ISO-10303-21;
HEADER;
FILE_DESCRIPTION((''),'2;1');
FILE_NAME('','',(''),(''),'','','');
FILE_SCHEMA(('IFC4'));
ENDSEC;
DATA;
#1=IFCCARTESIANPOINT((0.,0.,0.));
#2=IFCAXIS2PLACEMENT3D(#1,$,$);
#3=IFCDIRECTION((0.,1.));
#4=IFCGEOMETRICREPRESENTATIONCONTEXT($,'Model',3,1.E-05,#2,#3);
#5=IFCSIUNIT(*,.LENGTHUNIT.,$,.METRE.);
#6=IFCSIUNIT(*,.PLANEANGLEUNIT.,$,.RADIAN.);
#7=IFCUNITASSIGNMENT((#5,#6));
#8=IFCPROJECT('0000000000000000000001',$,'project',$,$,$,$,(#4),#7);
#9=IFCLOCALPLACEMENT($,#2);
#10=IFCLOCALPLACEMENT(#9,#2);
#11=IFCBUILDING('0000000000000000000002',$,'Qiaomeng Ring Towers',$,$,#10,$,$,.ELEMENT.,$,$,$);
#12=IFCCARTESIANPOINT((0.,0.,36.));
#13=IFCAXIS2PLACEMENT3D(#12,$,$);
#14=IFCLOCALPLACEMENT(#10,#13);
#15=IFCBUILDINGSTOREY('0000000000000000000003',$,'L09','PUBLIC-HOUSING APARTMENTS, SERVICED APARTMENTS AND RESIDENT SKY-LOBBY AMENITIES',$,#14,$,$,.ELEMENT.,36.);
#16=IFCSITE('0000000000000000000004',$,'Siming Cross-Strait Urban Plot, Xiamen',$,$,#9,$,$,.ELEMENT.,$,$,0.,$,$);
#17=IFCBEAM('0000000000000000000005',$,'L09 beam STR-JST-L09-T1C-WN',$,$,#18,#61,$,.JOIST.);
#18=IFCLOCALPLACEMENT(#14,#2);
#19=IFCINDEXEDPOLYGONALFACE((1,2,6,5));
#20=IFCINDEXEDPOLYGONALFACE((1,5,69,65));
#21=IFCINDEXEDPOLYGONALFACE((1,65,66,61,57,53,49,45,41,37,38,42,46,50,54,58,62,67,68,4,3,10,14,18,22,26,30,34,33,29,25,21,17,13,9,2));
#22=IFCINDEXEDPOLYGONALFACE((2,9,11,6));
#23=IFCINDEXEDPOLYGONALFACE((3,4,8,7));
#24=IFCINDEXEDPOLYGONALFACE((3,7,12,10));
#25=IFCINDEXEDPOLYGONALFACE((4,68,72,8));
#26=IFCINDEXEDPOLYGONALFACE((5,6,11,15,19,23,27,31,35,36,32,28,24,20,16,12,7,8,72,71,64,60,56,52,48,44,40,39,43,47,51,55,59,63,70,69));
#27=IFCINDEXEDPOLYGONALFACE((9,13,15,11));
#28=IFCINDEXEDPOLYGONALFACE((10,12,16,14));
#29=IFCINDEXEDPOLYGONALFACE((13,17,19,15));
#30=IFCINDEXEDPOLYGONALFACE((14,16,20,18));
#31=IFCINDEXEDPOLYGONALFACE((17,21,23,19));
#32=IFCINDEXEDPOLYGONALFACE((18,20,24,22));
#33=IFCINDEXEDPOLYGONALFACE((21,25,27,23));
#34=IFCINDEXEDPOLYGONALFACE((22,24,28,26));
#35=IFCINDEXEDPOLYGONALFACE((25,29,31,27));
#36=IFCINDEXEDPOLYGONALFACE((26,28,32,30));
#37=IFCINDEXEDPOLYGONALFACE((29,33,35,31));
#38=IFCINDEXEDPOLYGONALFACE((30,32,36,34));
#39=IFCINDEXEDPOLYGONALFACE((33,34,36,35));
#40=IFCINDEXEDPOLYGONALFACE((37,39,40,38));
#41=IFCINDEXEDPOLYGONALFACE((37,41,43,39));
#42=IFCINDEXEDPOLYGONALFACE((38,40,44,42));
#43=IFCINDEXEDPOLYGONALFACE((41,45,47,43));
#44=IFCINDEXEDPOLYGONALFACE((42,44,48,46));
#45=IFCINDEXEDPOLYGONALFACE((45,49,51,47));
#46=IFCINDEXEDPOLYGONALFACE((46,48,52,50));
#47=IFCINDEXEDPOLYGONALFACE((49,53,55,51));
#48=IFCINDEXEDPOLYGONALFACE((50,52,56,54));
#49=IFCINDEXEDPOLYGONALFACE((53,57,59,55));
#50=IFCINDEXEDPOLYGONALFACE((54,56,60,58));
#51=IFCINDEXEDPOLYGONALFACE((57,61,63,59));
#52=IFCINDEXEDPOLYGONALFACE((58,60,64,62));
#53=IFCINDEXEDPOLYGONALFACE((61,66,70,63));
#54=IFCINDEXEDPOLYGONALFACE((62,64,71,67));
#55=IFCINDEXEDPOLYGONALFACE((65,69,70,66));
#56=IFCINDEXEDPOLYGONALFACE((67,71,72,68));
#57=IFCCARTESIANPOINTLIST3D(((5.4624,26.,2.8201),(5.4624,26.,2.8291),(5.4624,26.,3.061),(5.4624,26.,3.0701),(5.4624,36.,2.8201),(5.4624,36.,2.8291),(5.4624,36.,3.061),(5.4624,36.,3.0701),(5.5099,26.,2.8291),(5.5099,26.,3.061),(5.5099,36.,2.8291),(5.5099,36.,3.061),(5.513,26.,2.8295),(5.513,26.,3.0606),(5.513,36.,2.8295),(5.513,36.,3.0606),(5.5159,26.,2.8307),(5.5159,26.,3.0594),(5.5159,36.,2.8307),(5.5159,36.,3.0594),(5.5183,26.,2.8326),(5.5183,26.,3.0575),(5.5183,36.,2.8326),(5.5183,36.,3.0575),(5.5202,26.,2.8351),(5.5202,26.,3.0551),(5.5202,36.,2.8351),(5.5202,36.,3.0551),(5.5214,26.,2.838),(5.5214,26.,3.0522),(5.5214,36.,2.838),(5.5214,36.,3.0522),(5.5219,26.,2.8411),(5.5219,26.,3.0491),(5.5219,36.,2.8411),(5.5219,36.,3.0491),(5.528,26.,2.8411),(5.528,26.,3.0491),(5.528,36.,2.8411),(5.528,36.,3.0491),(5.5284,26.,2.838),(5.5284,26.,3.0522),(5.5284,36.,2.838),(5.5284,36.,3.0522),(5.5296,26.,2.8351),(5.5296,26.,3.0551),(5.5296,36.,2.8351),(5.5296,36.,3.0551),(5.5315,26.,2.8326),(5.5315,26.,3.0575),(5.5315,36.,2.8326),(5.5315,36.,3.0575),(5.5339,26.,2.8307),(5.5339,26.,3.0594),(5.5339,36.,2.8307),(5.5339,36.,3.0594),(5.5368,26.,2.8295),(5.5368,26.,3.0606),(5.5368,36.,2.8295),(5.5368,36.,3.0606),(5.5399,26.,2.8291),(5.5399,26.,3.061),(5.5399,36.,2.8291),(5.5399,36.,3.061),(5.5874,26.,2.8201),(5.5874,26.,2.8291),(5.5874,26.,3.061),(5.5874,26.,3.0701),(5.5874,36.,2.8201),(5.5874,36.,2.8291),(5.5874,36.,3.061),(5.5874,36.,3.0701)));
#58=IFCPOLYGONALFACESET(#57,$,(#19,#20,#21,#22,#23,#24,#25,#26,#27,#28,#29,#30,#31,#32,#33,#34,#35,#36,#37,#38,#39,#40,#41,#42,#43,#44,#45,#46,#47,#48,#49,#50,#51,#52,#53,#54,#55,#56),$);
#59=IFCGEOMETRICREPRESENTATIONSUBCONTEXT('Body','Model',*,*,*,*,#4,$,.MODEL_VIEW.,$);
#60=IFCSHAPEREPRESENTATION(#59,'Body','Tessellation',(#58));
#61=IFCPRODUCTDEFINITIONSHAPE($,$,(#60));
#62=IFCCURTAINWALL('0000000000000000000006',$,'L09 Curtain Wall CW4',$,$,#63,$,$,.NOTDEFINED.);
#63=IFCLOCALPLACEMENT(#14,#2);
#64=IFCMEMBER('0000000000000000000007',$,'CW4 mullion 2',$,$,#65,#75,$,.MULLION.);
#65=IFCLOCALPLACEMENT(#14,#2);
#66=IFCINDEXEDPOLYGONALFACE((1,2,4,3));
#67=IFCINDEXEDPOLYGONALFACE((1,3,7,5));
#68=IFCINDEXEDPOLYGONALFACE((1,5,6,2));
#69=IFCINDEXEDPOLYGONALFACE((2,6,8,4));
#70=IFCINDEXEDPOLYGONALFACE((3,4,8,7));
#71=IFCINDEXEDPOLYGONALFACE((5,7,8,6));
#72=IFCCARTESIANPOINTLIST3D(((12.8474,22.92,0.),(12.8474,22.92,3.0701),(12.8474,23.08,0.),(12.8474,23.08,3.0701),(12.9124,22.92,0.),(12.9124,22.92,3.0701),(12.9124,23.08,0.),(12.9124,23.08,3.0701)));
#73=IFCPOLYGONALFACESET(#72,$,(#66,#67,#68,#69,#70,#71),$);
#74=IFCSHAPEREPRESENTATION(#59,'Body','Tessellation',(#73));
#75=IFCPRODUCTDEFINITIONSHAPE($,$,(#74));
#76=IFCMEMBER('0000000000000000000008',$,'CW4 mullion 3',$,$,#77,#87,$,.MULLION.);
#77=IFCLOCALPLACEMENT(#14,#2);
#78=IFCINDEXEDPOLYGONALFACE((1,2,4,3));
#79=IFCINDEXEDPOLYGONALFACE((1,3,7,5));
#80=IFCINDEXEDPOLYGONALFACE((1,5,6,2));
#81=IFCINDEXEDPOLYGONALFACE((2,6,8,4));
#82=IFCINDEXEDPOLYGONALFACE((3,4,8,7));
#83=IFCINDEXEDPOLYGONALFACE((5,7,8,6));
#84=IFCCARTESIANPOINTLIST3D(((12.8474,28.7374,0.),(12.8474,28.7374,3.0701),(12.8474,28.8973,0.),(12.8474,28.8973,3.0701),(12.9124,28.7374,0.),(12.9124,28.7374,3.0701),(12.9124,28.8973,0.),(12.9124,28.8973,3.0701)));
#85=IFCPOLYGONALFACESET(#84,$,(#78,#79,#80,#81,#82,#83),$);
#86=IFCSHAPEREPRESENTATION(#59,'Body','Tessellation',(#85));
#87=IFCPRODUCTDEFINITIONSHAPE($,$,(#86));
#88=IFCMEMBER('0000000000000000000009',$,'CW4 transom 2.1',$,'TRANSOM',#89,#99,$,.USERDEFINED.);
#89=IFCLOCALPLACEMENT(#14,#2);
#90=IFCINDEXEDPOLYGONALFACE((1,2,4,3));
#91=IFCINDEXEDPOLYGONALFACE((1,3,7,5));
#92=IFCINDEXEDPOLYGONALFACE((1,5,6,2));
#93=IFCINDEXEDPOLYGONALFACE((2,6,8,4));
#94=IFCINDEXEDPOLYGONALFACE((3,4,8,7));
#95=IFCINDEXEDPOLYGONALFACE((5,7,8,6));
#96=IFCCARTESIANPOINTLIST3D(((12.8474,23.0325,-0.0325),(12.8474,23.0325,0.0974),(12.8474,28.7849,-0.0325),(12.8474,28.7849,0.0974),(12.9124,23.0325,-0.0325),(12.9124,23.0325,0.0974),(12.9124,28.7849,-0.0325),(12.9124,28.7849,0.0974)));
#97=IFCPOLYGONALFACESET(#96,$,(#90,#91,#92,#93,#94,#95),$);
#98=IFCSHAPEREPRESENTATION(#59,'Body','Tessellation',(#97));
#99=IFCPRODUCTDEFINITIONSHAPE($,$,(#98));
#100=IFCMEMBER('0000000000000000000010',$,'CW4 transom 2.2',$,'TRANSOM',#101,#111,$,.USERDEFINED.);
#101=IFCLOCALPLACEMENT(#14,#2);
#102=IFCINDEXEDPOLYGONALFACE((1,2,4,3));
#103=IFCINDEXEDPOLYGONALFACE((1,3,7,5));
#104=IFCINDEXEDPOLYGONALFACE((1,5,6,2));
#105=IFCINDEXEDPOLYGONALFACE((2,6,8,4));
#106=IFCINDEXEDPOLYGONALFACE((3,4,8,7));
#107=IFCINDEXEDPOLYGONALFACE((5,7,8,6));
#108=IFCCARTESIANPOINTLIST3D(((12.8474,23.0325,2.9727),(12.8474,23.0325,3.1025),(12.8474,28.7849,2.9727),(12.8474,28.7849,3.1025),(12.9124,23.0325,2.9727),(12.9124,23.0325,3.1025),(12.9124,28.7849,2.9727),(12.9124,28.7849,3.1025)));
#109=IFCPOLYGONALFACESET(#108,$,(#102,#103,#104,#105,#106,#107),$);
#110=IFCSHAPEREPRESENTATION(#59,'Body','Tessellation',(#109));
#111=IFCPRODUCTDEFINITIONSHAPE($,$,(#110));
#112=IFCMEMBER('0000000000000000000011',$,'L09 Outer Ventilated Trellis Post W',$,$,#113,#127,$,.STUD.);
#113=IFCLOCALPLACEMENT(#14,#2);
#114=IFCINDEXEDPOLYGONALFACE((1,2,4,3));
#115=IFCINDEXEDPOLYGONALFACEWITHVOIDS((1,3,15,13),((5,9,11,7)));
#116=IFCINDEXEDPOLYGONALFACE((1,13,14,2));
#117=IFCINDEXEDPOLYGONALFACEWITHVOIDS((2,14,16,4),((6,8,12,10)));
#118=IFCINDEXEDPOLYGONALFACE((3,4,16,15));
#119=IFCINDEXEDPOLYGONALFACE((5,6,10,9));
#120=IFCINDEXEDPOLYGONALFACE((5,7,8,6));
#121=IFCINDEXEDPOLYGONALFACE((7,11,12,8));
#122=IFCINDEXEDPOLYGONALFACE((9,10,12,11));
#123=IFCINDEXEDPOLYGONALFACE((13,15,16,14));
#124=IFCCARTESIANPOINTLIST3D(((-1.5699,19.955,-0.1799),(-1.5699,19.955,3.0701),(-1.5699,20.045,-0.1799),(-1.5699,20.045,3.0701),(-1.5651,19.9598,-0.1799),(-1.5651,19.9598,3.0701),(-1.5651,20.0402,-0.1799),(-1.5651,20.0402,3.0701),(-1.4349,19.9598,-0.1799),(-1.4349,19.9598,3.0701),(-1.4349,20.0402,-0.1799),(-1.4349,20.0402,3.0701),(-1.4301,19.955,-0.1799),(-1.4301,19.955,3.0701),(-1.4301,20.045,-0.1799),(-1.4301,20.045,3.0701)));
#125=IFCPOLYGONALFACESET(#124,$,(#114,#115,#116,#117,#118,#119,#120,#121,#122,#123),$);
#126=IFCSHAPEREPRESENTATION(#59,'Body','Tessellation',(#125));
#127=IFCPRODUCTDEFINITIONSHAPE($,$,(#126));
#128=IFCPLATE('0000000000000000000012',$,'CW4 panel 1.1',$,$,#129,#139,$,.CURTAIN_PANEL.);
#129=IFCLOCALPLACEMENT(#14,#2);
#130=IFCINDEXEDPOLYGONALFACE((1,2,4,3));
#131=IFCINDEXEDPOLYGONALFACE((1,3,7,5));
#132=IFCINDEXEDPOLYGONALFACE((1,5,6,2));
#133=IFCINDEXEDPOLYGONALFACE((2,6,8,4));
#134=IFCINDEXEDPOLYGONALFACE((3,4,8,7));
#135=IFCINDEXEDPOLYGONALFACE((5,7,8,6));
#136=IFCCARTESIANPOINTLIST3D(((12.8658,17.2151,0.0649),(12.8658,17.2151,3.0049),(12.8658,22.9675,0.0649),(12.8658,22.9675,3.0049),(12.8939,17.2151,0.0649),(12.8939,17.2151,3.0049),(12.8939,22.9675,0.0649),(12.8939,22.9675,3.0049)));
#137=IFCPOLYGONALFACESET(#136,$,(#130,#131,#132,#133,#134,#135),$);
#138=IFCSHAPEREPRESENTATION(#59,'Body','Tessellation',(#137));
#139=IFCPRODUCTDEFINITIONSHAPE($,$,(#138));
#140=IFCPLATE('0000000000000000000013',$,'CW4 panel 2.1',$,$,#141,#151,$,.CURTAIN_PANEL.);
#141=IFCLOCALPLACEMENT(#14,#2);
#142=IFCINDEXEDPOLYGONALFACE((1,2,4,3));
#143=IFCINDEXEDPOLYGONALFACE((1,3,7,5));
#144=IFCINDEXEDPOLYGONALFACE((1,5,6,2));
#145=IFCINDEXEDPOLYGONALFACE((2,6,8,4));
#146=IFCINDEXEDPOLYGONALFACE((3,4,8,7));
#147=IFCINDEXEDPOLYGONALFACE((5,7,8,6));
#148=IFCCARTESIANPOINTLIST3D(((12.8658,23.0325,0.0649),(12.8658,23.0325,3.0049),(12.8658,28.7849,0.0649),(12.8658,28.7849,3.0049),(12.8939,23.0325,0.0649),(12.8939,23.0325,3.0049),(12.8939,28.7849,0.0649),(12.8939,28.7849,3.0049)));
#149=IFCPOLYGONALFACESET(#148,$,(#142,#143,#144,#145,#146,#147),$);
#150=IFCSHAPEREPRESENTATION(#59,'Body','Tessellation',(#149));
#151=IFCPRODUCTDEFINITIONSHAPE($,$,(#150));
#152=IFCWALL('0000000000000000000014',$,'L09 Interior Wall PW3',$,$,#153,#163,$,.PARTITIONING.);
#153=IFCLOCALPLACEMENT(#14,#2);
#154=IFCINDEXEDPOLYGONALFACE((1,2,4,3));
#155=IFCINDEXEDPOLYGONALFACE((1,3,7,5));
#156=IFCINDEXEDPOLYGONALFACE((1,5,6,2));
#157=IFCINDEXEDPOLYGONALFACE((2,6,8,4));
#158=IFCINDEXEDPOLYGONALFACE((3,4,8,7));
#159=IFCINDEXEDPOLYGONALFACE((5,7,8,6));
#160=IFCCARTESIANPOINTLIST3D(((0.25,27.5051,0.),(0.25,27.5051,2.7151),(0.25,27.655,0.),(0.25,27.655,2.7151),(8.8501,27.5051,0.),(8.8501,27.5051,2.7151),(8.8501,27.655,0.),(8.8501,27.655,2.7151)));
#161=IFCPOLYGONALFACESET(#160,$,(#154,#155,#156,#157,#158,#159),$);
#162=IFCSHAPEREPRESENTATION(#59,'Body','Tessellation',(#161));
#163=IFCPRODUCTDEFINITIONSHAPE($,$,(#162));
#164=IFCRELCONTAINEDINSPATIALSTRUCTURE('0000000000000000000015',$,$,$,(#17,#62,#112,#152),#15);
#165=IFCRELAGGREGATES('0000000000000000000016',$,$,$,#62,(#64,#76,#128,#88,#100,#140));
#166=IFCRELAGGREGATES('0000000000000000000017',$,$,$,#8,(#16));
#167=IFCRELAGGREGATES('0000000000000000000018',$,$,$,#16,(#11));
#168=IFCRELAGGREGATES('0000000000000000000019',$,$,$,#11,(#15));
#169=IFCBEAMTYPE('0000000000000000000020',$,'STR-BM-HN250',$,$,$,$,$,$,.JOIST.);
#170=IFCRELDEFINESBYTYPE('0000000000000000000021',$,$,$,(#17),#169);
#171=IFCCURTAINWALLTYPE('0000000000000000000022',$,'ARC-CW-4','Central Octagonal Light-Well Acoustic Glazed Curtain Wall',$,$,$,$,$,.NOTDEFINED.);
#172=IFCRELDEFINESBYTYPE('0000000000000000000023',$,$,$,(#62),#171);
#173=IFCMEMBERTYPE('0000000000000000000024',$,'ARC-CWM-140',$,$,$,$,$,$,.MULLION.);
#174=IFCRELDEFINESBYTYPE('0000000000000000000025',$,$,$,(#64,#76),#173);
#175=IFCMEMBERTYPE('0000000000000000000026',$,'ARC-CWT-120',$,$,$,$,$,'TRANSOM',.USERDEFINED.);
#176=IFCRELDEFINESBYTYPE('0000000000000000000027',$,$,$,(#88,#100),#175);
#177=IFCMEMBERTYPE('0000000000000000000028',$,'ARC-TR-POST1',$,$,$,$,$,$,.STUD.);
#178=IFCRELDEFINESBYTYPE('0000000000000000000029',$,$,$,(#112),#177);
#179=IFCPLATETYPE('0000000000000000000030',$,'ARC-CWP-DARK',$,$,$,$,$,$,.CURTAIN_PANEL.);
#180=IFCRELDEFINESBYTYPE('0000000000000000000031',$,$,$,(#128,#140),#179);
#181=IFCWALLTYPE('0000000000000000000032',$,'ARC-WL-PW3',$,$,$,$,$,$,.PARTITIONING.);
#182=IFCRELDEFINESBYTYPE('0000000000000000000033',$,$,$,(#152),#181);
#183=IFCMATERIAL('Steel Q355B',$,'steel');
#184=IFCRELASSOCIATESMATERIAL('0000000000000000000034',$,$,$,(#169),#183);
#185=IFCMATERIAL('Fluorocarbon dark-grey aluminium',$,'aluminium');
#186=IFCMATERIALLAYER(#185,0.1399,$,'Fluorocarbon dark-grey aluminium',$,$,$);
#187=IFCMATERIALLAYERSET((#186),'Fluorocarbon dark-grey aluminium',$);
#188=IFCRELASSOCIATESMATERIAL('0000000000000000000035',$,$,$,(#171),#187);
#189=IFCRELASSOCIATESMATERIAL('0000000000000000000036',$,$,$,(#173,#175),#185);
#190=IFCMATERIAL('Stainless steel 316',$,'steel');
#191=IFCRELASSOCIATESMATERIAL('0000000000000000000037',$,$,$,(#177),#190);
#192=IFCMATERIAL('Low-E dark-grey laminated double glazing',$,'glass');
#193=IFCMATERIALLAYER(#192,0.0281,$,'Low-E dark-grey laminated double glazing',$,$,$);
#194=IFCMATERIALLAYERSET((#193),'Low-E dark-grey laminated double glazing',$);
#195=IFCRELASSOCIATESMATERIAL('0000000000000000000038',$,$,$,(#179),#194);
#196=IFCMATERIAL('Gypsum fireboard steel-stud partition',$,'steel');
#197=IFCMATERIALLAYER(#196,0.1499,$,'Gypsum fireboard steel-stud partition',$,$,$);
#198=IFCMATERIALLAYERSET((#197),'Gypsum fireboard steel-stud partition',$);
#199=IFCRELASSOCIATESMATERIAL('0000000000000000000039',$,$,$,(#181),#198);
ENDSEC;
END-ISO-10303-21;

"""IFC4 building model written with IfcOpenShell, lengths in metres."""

from ifc_helpers import new_model, si_unit, direction, frame, frame_2d, origin, origin_2d, place, context, subcontext, project, spatial, rectangle, hollow_rectangle, i_section, extrude, source, transform, mapped, material, layer, layer_set, material_profile, profile_set, type_object, element, aggregate, save


model = new_model("IFC4")

# Units and contexts
model_context = context("Model", 3, precision=1e-05, world=origin(), true_north=direction((0.0, 1.0)))
body_context = subcontext(model_context, "Body", "Model", "MODEL_VIEW")
ifc_project = project(units=[si_unit("LENGTHUNIT", "METRE"), si_unit("PLANEANGLEUNIT", "RADIAN")], contexts=[model_context])

# Site, building, storey
site_placement = place(None, origin())
site = spatial("IfcSite", under=ifc_project, at=site_placement, Name="Siming Cross-Strait Urban Plot, Xiamen", CompositionType="ELEMENT", RefElevation=0.0)
building_placement = place(site_placement, origin())
building = spatial("IfcBuilding", under=site, at=building_placement, Name="Qiaomeng Ring Towers", CompositionType="ELEMENT")
storey_placement = place(building_placement, frame((0.0, 0.0, 36.0)))
storey = spatial("IfcBuildingStorey", under=building, at=storey_placement, Name="L09", Description="PUBLIC-HOUSING APARTMENTS, SERVICED APARTMENTS AND RESIDENT SKY-LOBBY AMENITIES", CompositionType="ELEMENT", Elevation=36.0)

# Beam
ifc_material_1 = material(Name="Steel Q355B", Category="steel")
ifc_material_profile_1 = material_profile(ifc_material_1, i_section(OverallWidth=0.125, OverallDepth=0.25, WebThickness=0.0061, FlangeThickness=0.009, FilletRadius=0.012, at=origin_2d()), Name="HN 250x125x6x9")
ifc_profile_set_1 = profile_set([ifc_material_profile_1], Name="Steel Q355B")
beam_type_1 = type_object("IfcBeamType", Name="STR-BM-HN250", PredefinedType="JOIST", material=ifc_profile_set_1)
shared_shape_1 = source(origin(), body_context, "Body", "SweptSolid", [
    extrude(i_section(OverallWidth=0.125, OverallDepth=0.25, WebThickness=0.0061, FlangeThickness=0.009, FilletRadius=0.012, at=origin_2d()), origin(), (0.0, 0.0, 1.0), 10.0),
])
beam_1_placement = place(storey_placement, frame((5.5249, 26.0, 2.9451), z_axis=(0.0, 1.0, 0.0), x_axis=(-1.0, 0.0, 0.0)))
element("IfcBeam", 1, at=beam_1_placement, inside=storey, type_object=beam_type_1, Name="L09 beam STR-JST-L09-T1C-WN", PredefinedType="JOIST", context=body_context, shape_type="MappedRepresentation", body=[
    mapped(shared_shape_1, transform((0.0, 0.0, 0.0), x_axis=(1.0, 0.0, 0.0), y_axis=(0.0, 1.0, 0.0), z_axis=(0.0, 0.0, 1.0), scale=1.0)),
])

# Curtain wall, members
ifc_material_2 = material(Name="Fluorocarbon dark-grey aluminium", Category="aluminium")
ifc_layer_1 = layer(ifc_material_2, 0.1399, Name="Fluorocarbon dark-grey aluminium")
ifc_layer_set_1 = layer_set([ifc_layer_1], Name="Fluorocarbon dark-grey aluminium")
curtain_wall_type = type_object("IfcCurtainWallType", Name="ARC-CW-4", Description="Central Octagonal Light-Well Acoustic Glazed Curtain Wall", PredefinedType="NOTDEFINED", material=ifc_layer_set_1)
curtain_wall_placement = place(storey_placement, origin())
curtain_wall = element("IfcCurtainWall", 2, at=curtain_wall_placement, inside=storey, type_object=curtain_wall_type, Name="L09 Curtain Wall CW4", PredefinedType="NOTDEFINED")
ifc_material_profile_2 = material_profile(ifc_material_2, rectangle(XDim=0.0649, YDim=0.1599, at=origin_2d()), Name="ALU MULL 65x160")
ifc_profile_set_2 = profile_set([ifc_material_profile_2], Name="Fluorocarbon dark-grey aluminium")
member_type_1 = type_object("IfcMemberType", Name="ARC-CWM-140", PredefinedType="MULLION", material=ifc_profile_set_2)
shared_shape_2 = source(origin(), body_context, "Body", "SweptSolid", [
    extrude(rectangle(XDim=0.0649, YDim=0.1599, at=origin_2d()), origin(), (0.0, 0.0, 1.0), 3.0701),
])
member_1_placement = place(storey_placement, frame((12.8799, 23.0, 0.0), z_axis=(0.0, 0.0, 1.0), x_axis=(-1.0, 0.0, 0.0)))
member_1 = element("IfcMember", 3, at=member_1_placement, type_object=member_type_1, Name="CW4 mullion 2", PredefinedType="MULLION", context=body_context, shape_type="MappedRepresentation", body=[
    mapped(shared_shape_2, transform((0.0, 0.0, 0.0), x_axis=(1.0, 0.0, 0.0), y_axis=(0.0, 1.0, 0.0), z_axis=(0.0, 0.0, 1.0), scale=1.0)),
])
member_2_placement = place(storey_placement, frame((12.8799, 28.8174, 0.0), z_axis=(0.0, 0.0, 1.0), x_axis=(-1.0, 0.0, 0.0)))
member_2 = element("IfcMember", 4, at=member_2_placement, type_object=member_type_1, Name="CW4 mullion 3", PredefinedType="MULLION", context=body_context, shape_type="MappedRepresentation", body=[
    mapped(shared_shape_2, transform((0.0, 0.0, 0.0), x_axis=(1.0, 0.0, 0.0), y_axis=(0.0, 1.0, 0.0), z_axis=(0.0, 0.0, 1.0), scale=1.0)),
])
ifc_material_profile_3 = material_profile(ifc_material_2, rectangle(XDim=0.0649, YDim=0.1299, at=origin_2d()), Name="ALU TRAN 65x130")
ifc_profile_set_3 = profile_set([ifc_material_profile_3], Name="Fluorocarbon dark-grey aluminium")
member_type_2 = type_object("IfcMemberType", Name="ARC-CWT-120", ElementType="TRANSOM", PredefinedType="USERDEFINED", material=ifc_profile_set_3)
shared_shape_3 = source(origin(), body_context, "Body", "SweptSolid", [
    extrude(rectangle(XDim=0.0649, YDim=0.1299, at=origin_2d()), origin(), (0.0, 0.0, 1.0), 5.7524),
])
member_3_placement = place(storey_placement, frame((12.8799, 23.0325, 0.0325), z_axis=(0.0, 1.0, 0.0), x_axis=(-1.0, 0.0, 0.0)))
member_3 = element("IfcMember", 5, at=member_3_placement, type_object=member_type_2, Name="CW4 transom 2.1", ObjectType="TRANSOM", PredefinedType="USERDEFINED", context=body_context, shape_type="MappedRepresentation", body=[
    mapped(shared_shape_3, transform((0.0, 0.0, 0.0), x_axis=(1.0, 0.0, 0.0), y_axis=(0.0, 1.0, 0.0), z_axis=(0.0, 0.0, 1.0), scale=1.0)),
])
member_4_placement = place(storey_placement, frame((12.8799, 23.0325, 3.0376), z_axis=(0.0, 1.0, 0.0), x_axis=(-1.0, 0.0, 0.0)))
member_4 = element("IfcMember", 6, at=member_4_placement, type_object=member_type_2, Name="CW4 transom 2.2", ObjectType="TRANSOM", PredefinedType="USERDEFINED", context=body_context, shape_type="MappedRepresentation", body=[
    mapped(shared_shape_3, transform((0.0, 0.0, 0.0), x_axis=(1.0, 0.0, 0.0), y_axis=(0.0, 1.0, 0.0), z_axis=(0.0, 0.0, 1.0), scale=1.0)),
])

# Member
ifc_material_3 = material(Name="Stainless steel 316", Category="steel")
ifc_material_profile_4 = material_profile(ifc_material_3, hollow_rectangle(XDim=0.0901, YDim=0.1399, WallThickness=0.0049, at=origin_2d()), Name="SS TRELLIS 90x140")
ifc_profile_set_4 = profile_set([ifc_material_profile_4], Name="Stainless steel 316")
member_type_3 = type_object("IfcMemberType", Name="ARC-TR-POST1", PredefinedType="STUD", material=ifc_profile_set_4)
shared_shape_4 = source(origin(), body_context, "Body", "SweptSolid", [
    extrude(hollow_rectangle(XDim=0.0901, YDim=0.1399, WallThickness=0.0049, at=origin_2d()), origin(), (0.0, 0.0, 1.0), 3.25),
])
member_5_placement = place(storey_placement, frame((-1.5, 20.0, -0.1799), z_axis=(0.0, 0.0, 1.0), x_axis=(0.0, 1.0, 0.0)))
element("IfcMember", 7, at=member_5_placement, inside=storey, type_object=member_type_3, Name="L09 Outer Ventilated Trellis Post W", PredefinedType="STUD", context=body_context, shape_type="MappedRepresentation", body=[
    mapped(shared_shape_4, transform((0.0, 0.0, 0.0), x_axis=(1.0, 0.0, 0.0), y_axis=(0.0, 1.0, 0.0), z_axis=(0.0, 0.0, 1.0), scale=1.0)),
])

# Plates
ifc_material_4 = material(Name="Low-E dark-grey laminated double glazing", Category="glass")
ifc_layer_2 = layer(ifc_material_4, 0.0281, Name="Low-E dark-grey laminated double glazing")
ifc_layer_set_2 = layer_set([ifc_layer_2], Name="Low-E dark-grey laminated double glazing")
plate_type = type_object("IfcPlateType", Name="ARC-CWP-DARK", PredefinedType="CURTAIN_PANEL", material=ifc_layer_set_2)
shared_shape_5 = source(origin(), body_context, "Body", "SweptSolid", [
    extrude(rectangle(XDim=5.7524, YDim=0.0281, at=origin_2d()), origin(), (0.0, 0.0, 1.0), 2.9399),
])
plate_1_placement = place(storey_placement, frame((12.8799, 20.0913, 0.0649), z_axis=(0.0, 0.0, 1.0), x_axis=(0.0, 1.0, 0.0)))
plate_1 = element("IfcPlate", 8, at=plate_1_placement, type_object=plate_type, Name="CW4 panel 1.1", PredefinedType="CURTAIN_PANEL", context=body_context, shape_type="MappedRepresentation", body=[
    mapped(shared_shape_5, transform((0.0, 0.0, 0.0), x_axis=(1.0, 0.0, 0.0), y_axis=(0.0, 1.0, 0.0), z_axis=(0.0, 0.0, 1.0), scale=1.0)),
])
plate_2_placement = place(storey_placement, frame((12.8799, 25.9087, 0.0649), z_axis=(0.0, 0.0, 1.0), x_axis=(0.0, 1.0, 0.0)))
plate_2 = element("IfcPlate", 9, at=plate_2_placement, type_object=plate_type, Name="CW4 panel 2.1", PredefinedType="CURTAIN_PANEL", context=body_context, shape_type="MappedRepresentation", body=[
    mapped(shared_shape_5, transform((0.0, 0.0, 0.0), x_axis=(1.0, 0.0, 0.0), y_axis=(0.0, 1.0, 0.0), z_axis=(0.0, 0.0, 1.0), scale=1.0)),
])
aggregate(curtain_wall, [member_1, member_2, plate_1, member_3, member_4, plate_2])

# Wall
ifc_material_5 = material(Name="Gypsum fireboard steel-stud partition", Category="steel")
ifc_layer_3 = layer(ifc_material_5, 0.1499, Name="Gypsum fireboard steel-stud partition")
ifc_layer_set_3 = layer_set([ifc_layer_3], Name="Gypsum fireboard steel-stud partition")
wall_type_1 = type_object("IfcWallType", Name="ARC-WL-PW3", PredefinedType="PARTITIONING", material=ifc_layer_set_3)
wall_1_placement = place(storey_placement, frame((0.25, 27.5801, 0.0), z_axis=(0.0, 0.0, 1.0), x_axis=(1.0, 0.0, 0.0)))
element("IfcWall", 10, at=wall_1_placement, inside=storey, type_object=wall_type_1, Name="L09 Interior Wall PW3", PredefinedType="PARTITIONING", context=body_context, shape_type="SweptSolid", body=[
    extrude(rectangle(XDim=8.6001, YDim=0.1499, at=frame_2d((4.3, 0.0))), origin(), (0.0, 0.0, 1.0), 2.7151),
])

save(model, "model.ifc")
